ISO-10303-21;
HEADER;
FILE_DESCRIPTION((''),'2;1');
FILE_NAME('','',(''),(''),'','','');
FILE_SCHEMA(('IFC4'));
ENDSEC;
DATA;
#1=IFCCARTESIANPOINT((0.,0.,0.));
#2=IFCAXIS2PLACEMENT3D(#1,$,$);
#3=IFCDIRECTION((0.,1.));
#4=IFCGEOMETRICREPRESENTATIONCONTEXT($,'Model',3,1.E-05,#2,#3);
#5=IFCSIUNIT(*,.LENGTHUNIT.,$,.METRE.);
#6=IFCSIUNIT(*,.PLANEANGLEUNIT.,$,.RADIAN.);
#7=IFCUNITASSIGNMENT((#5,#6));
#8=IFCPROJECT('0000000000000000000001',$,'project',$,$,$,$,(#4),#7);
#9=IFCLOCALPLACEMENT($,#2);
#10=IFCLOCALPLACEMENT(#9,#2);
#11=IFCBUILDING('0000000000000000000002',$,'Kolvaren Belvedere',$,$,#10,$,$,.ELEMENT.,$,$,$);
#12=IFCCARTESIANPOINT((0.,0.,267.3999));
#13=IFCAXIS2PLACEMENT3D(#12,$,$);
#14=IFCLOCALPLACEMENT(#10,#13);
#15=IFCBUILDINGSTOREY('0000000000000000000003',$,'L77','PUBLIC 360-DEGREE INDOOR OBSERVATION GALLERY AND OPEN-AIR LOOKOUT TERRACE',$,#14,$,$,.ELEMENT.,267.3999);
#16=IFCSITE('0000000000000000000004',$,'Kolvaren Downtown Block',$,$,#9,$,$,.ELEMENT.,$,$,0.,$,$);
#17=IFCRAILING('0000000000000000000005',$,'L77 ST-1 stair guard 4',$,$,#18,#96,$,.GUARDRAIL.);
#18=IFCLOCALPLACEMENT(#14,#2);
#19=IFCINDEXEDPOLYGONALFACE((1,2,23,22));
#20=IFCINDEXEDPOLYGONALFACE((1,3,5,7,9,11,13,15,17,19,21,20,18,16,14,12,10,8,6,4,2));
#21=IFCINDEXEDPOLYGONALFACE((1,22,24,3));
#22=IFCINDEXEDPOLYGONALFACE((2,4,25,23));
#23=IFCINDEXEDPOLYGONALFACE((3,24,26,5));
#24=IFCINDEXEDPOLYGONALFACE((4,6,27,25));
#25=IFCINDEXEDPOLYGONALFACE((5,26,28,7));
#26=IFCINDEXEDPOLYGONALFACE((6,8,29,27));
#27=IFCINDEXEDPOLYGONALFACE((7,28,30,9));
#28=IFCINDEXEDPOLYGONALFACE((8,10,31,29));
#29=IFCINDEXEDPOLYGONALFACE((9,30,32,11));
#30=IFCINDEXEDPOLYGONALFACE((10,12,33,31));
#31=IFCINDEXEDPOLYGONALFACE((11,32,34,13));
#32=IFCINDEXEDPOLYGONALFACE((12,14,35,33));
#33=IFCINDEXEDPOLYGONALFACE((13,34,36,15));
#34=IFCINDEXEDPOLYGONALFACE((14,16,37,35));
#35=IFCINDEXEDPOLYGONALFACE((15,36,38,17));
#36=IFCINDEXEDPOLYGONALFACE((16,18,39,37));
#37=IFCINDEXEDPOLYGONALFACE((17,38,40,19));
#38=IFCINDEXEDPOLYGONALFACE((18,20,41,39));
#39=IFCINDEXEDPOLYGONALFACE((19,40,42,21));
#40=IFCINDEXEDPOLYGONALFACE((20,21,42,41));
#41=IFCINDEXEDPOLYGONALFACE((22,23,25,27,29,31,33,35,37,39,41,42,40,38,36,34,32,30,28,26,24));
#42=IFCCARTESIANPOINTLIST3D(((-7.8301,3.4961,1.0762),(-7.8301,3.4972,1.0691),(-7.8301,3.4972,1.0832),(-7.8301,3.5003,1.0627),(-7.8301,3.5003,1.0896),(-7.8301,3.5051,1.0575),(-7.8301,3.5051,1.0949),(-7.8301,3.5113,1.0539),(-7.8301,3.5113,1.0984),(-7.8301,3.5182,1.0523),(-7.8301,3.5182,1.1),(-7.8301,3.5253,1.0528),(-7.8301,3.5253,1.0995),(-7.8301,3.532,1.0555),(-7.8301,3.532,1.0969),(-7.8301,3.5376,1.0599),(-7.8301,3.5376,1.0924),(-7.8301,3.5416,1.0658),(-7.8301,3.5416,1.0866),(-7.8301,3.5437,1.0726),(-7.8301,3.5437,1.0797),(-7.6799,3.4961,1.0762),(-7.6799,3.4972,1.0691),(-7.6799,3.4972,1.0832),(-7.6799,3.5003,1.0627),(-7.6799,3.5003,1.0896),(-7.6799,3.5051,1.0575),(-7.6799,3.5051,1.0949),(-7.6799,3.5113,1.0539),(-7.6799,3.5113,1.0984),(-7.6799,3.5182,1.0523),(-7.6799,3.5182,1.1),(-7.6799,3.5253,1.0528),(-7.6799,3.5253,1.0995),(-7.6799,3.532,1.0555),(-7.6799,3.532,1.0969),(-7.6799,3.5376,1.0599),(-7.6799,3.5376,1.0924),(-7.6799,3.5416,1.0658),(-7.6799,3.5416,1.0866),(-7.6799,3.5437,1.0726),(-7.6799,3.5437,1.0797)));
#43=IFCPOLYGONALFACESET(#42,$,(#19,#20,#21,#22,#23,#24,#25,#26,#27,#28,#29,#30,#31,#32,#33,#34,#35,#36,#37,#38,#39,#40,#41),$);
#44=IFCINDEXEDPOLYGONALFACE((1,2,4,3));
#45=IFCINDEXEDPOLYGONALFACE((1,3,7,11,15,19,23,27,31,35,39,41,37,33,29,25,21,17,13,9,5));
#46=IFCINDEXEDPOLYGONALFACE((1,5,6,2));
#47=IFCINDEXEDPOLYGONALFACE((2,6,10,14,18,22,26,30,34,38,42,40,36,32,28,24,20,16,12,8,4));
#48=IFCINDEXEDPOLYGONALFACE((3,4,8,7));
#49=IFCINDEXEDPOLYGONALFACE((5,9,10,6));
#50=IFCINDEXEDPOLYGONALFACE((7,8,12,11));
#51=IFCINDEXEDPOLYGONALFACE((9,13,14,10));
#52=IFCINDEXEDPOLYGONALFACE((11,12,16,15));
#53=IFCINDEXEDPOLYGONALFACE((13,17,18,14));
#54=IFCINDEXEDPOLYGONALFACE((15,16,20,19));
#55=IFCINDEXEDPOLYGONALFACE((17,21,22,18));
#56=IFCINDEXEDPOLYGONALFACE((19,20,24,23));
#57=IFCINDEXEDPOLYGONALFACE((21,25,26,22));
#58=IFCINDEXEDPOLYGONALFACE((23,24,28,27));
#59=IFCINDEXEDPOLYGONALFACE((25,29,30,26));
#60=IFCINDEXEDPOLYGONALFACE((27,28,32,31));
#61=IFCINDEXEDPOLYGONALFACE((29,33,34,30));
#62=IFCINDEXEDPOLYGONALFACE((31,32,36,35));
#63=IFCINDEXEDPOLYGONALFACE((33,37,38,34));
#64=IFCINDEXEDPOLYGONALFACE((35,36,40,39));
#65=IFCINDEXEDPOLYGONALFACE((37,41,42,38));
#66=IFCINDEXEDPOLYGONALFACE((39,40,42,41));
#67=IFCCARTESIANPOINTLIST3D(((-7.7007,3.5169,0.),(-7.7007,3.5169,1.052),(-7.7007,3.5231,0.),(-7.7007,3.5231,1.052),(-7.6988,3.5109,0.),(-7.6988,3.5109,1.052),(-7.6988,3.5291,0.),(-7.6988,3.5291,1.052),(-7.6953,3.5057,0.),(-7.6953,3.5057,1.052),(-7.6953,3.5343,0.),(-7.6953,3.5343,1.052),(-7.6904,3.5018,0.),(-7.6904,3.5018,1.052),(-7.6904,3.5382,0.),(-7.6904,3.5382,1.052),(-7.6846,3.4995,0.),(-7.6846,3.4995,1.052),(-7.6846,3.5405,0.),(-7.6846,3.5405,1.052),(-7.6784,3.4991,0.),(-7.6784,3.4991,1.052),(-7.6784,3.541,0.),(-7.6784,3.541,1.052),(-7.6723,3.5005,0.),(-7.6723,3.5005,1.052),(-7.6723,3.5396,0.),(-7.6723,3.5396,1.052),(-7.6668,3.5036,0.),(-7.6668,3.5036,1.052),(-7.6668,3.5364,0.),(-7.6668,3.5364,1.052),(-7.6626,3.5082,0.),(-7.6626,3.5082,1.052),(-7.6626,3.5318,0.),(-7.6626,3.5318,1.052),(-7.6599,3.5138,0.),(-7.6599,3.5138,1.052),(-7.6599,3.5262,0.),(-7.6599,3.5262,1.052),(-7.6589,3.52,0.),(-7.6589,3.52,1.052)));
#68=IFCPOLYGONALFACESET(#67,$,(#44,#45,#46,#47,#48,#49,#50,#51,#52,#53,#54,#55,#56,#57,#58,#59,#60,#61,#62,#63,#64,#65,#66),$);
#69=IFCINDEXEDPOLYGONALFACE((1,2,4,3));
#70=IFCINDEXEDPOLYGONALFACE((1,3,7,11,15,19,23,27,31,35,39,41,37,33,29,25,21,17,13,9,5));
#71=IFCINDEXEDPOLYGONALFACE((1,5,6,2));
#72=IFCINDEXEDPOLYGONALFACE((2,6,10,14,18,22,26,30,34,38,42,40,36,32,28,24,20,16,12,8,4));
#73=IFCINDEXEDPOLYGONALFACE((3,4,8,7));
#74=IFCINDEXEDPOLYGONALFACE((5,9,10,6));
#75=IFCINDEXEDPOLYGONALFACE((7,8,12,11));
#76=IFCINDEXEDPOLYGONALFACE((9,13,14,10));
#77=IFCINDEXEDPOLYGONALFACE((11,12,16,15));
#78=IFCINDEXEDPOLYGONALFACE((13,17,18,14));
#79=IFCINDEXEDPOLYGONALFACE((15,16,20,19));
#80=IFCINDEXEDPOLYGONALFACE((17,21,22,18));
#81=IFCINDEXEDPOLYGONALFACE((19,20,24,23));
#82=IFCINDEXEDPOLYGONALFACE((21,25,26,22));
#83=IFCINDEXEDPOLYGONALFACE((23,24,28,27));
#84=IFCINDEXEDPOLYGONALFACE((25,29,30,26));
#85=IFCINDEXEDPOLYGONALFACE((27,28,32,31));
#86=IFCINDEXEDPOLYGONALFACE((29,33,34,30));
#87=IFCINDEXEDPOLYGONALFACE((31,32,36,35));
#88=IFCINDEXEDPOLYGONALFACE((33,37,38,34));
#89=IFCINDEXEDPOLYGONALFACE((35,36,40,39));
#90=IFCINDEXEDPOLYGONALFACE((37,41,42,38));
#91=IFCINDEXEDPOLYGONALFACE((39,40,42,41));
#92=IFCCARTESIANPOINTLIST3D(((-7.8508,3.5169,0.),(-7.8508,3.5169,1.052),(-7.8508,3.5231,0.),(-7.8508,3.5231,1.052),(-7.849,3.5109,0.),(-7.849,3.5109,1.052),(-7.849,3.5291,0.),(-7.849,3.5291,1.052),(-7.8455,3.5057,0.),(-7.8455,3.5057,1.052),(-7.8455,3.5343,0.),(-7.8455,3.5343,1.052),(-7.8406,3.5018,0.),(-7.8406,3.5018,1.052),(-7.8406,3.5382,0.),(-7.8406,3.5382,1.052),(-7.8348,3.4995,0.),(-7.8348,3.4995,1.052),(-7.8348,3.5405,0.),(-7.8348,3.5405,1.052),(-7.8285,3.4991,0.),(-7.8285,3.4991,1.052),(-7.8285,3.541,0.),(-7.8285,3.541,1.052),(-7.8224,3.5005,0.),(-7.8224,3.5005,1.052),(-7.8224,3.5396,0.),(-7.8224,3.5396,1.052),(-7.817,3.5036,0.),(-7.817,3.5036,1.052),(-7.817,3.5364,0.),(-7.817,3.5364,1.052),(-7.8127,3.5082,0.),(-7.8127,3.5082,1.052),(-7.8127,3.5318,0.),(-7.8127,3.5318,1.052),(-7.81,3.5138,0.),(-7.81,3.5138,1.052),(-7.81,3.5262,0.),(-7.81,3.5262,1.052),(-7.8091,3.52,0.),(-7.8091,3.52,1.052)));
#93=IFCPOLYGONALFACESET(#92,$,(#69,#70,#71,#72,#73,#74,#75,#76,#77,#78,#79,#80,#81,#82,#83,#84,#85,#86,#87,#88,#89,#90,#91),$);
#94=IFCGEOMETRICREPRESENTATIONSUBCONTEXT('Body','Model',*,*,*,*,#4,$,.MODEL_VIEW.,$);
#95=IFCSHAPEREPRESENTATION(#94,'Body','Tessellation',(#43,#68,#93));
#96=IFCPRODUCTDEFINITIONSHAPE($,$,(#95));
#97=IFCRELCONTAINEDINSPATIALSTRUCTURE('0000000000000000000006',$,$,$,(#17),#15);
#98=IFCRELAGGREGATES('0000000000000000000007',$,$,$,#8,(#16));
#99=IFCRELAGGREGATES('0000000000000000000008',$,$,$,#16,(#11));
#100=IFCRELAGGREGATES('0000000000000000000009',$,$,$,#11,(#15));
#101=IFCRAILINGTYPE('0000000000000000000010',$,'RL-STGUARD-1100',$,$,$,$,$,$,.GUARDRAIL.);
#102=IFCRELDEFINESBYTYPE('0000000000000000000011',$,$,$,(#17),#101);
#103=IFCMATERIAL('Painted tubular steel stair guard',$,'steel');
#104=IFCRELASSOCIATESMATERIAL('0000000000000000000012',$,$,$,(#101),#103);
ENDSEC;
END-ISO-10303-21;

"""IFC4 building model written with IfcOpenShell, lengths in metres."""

from ifc_helpers import new_model, si_unit, direction, frame, origin, origin_2d, place, context, subcontext, project, spatial, circle, extrude, material, type_object, element, save


model = new_model("IFC4")

# Units and contexts
model_context = context("Model", 3, precision=1e-05, world=origin(), true_north=direction((0.0, 1.0)))
body_context = subcontext(model_context, "Body", "Model", "MODEL_VIEW")
ifc_project = project(units=[si_unit("LENGTHUNIT", "METRE"), si_unit("PLANEANGLEUNIT", "RADIAN")], contexts=[model_context])

# Site, building, storey
site_placement = place(None, origin())
site = spatial("IfcSite", under=ifc_project, at=site_placement, Name="Kolvaren Downtown Block", CompositionType="ELEMENT", RefElevation=0.0)
building_placement = place(site_placement, origin())
building = spatial("IfcBuilding", under=site, at=building_placement, Name="Kolvaren Belvedere", CompositionType="ELEMENT")
storey_placement = place(building_placement, frame((0.0, 0.0, 267.3999)))
storey = spatial("IfcBuildingStorey", under=building, at=storey_placement, Name="L77", Description="PUBLIC 360-DEGREE INDOOR OBSERVATION GALLERY AND OPEN-AIR LOOKOUT TERRACE", CompositionType="ELEMENT", Elevation=267.3999)

# Railing
ifc_material_1 = material(Name="Painted tubular steel stair guard", Category="steel")
railing_type_1 = type_object("IfcRailingType", Name="RL-STGUARD-1100", PredefinedType="GUARDRAIL", material=ifc_material_1)
railing_1_placement = place(storey_placement, frame((-7.6799, 3.52, 0.0)))
element("IfcRailing", 1, at=railing_1_placement, inside=storey, type_object=railing_type_1, Name="L77 ST-1 stair guard 4", PredefinedType="GUARDRAIL", context=body_context, shape_type="SweptSolid", body=[
    extrude(circle(Radius=0.0239, at=origin_2d()), frame((0.0, 0.0, 1.0762), z_axis=(-1.0, 0.0, 0.0), x_axis=(0.0, -1.0, 0.0)), (0.0, 0.0, 1.0), 0.1501),
    extrude(circle(Radius=0.021, at=origin_2d()), origin(), (0.0, 0.0, 1.0), 1.052),
    extrude(circle(Radius=0.021, at=origin_2d()), frame((-0.1501, 0.0, 0.0)), (0.0, 0.0, 1.0), 1.052),
])

save(model, "model.ifc")
